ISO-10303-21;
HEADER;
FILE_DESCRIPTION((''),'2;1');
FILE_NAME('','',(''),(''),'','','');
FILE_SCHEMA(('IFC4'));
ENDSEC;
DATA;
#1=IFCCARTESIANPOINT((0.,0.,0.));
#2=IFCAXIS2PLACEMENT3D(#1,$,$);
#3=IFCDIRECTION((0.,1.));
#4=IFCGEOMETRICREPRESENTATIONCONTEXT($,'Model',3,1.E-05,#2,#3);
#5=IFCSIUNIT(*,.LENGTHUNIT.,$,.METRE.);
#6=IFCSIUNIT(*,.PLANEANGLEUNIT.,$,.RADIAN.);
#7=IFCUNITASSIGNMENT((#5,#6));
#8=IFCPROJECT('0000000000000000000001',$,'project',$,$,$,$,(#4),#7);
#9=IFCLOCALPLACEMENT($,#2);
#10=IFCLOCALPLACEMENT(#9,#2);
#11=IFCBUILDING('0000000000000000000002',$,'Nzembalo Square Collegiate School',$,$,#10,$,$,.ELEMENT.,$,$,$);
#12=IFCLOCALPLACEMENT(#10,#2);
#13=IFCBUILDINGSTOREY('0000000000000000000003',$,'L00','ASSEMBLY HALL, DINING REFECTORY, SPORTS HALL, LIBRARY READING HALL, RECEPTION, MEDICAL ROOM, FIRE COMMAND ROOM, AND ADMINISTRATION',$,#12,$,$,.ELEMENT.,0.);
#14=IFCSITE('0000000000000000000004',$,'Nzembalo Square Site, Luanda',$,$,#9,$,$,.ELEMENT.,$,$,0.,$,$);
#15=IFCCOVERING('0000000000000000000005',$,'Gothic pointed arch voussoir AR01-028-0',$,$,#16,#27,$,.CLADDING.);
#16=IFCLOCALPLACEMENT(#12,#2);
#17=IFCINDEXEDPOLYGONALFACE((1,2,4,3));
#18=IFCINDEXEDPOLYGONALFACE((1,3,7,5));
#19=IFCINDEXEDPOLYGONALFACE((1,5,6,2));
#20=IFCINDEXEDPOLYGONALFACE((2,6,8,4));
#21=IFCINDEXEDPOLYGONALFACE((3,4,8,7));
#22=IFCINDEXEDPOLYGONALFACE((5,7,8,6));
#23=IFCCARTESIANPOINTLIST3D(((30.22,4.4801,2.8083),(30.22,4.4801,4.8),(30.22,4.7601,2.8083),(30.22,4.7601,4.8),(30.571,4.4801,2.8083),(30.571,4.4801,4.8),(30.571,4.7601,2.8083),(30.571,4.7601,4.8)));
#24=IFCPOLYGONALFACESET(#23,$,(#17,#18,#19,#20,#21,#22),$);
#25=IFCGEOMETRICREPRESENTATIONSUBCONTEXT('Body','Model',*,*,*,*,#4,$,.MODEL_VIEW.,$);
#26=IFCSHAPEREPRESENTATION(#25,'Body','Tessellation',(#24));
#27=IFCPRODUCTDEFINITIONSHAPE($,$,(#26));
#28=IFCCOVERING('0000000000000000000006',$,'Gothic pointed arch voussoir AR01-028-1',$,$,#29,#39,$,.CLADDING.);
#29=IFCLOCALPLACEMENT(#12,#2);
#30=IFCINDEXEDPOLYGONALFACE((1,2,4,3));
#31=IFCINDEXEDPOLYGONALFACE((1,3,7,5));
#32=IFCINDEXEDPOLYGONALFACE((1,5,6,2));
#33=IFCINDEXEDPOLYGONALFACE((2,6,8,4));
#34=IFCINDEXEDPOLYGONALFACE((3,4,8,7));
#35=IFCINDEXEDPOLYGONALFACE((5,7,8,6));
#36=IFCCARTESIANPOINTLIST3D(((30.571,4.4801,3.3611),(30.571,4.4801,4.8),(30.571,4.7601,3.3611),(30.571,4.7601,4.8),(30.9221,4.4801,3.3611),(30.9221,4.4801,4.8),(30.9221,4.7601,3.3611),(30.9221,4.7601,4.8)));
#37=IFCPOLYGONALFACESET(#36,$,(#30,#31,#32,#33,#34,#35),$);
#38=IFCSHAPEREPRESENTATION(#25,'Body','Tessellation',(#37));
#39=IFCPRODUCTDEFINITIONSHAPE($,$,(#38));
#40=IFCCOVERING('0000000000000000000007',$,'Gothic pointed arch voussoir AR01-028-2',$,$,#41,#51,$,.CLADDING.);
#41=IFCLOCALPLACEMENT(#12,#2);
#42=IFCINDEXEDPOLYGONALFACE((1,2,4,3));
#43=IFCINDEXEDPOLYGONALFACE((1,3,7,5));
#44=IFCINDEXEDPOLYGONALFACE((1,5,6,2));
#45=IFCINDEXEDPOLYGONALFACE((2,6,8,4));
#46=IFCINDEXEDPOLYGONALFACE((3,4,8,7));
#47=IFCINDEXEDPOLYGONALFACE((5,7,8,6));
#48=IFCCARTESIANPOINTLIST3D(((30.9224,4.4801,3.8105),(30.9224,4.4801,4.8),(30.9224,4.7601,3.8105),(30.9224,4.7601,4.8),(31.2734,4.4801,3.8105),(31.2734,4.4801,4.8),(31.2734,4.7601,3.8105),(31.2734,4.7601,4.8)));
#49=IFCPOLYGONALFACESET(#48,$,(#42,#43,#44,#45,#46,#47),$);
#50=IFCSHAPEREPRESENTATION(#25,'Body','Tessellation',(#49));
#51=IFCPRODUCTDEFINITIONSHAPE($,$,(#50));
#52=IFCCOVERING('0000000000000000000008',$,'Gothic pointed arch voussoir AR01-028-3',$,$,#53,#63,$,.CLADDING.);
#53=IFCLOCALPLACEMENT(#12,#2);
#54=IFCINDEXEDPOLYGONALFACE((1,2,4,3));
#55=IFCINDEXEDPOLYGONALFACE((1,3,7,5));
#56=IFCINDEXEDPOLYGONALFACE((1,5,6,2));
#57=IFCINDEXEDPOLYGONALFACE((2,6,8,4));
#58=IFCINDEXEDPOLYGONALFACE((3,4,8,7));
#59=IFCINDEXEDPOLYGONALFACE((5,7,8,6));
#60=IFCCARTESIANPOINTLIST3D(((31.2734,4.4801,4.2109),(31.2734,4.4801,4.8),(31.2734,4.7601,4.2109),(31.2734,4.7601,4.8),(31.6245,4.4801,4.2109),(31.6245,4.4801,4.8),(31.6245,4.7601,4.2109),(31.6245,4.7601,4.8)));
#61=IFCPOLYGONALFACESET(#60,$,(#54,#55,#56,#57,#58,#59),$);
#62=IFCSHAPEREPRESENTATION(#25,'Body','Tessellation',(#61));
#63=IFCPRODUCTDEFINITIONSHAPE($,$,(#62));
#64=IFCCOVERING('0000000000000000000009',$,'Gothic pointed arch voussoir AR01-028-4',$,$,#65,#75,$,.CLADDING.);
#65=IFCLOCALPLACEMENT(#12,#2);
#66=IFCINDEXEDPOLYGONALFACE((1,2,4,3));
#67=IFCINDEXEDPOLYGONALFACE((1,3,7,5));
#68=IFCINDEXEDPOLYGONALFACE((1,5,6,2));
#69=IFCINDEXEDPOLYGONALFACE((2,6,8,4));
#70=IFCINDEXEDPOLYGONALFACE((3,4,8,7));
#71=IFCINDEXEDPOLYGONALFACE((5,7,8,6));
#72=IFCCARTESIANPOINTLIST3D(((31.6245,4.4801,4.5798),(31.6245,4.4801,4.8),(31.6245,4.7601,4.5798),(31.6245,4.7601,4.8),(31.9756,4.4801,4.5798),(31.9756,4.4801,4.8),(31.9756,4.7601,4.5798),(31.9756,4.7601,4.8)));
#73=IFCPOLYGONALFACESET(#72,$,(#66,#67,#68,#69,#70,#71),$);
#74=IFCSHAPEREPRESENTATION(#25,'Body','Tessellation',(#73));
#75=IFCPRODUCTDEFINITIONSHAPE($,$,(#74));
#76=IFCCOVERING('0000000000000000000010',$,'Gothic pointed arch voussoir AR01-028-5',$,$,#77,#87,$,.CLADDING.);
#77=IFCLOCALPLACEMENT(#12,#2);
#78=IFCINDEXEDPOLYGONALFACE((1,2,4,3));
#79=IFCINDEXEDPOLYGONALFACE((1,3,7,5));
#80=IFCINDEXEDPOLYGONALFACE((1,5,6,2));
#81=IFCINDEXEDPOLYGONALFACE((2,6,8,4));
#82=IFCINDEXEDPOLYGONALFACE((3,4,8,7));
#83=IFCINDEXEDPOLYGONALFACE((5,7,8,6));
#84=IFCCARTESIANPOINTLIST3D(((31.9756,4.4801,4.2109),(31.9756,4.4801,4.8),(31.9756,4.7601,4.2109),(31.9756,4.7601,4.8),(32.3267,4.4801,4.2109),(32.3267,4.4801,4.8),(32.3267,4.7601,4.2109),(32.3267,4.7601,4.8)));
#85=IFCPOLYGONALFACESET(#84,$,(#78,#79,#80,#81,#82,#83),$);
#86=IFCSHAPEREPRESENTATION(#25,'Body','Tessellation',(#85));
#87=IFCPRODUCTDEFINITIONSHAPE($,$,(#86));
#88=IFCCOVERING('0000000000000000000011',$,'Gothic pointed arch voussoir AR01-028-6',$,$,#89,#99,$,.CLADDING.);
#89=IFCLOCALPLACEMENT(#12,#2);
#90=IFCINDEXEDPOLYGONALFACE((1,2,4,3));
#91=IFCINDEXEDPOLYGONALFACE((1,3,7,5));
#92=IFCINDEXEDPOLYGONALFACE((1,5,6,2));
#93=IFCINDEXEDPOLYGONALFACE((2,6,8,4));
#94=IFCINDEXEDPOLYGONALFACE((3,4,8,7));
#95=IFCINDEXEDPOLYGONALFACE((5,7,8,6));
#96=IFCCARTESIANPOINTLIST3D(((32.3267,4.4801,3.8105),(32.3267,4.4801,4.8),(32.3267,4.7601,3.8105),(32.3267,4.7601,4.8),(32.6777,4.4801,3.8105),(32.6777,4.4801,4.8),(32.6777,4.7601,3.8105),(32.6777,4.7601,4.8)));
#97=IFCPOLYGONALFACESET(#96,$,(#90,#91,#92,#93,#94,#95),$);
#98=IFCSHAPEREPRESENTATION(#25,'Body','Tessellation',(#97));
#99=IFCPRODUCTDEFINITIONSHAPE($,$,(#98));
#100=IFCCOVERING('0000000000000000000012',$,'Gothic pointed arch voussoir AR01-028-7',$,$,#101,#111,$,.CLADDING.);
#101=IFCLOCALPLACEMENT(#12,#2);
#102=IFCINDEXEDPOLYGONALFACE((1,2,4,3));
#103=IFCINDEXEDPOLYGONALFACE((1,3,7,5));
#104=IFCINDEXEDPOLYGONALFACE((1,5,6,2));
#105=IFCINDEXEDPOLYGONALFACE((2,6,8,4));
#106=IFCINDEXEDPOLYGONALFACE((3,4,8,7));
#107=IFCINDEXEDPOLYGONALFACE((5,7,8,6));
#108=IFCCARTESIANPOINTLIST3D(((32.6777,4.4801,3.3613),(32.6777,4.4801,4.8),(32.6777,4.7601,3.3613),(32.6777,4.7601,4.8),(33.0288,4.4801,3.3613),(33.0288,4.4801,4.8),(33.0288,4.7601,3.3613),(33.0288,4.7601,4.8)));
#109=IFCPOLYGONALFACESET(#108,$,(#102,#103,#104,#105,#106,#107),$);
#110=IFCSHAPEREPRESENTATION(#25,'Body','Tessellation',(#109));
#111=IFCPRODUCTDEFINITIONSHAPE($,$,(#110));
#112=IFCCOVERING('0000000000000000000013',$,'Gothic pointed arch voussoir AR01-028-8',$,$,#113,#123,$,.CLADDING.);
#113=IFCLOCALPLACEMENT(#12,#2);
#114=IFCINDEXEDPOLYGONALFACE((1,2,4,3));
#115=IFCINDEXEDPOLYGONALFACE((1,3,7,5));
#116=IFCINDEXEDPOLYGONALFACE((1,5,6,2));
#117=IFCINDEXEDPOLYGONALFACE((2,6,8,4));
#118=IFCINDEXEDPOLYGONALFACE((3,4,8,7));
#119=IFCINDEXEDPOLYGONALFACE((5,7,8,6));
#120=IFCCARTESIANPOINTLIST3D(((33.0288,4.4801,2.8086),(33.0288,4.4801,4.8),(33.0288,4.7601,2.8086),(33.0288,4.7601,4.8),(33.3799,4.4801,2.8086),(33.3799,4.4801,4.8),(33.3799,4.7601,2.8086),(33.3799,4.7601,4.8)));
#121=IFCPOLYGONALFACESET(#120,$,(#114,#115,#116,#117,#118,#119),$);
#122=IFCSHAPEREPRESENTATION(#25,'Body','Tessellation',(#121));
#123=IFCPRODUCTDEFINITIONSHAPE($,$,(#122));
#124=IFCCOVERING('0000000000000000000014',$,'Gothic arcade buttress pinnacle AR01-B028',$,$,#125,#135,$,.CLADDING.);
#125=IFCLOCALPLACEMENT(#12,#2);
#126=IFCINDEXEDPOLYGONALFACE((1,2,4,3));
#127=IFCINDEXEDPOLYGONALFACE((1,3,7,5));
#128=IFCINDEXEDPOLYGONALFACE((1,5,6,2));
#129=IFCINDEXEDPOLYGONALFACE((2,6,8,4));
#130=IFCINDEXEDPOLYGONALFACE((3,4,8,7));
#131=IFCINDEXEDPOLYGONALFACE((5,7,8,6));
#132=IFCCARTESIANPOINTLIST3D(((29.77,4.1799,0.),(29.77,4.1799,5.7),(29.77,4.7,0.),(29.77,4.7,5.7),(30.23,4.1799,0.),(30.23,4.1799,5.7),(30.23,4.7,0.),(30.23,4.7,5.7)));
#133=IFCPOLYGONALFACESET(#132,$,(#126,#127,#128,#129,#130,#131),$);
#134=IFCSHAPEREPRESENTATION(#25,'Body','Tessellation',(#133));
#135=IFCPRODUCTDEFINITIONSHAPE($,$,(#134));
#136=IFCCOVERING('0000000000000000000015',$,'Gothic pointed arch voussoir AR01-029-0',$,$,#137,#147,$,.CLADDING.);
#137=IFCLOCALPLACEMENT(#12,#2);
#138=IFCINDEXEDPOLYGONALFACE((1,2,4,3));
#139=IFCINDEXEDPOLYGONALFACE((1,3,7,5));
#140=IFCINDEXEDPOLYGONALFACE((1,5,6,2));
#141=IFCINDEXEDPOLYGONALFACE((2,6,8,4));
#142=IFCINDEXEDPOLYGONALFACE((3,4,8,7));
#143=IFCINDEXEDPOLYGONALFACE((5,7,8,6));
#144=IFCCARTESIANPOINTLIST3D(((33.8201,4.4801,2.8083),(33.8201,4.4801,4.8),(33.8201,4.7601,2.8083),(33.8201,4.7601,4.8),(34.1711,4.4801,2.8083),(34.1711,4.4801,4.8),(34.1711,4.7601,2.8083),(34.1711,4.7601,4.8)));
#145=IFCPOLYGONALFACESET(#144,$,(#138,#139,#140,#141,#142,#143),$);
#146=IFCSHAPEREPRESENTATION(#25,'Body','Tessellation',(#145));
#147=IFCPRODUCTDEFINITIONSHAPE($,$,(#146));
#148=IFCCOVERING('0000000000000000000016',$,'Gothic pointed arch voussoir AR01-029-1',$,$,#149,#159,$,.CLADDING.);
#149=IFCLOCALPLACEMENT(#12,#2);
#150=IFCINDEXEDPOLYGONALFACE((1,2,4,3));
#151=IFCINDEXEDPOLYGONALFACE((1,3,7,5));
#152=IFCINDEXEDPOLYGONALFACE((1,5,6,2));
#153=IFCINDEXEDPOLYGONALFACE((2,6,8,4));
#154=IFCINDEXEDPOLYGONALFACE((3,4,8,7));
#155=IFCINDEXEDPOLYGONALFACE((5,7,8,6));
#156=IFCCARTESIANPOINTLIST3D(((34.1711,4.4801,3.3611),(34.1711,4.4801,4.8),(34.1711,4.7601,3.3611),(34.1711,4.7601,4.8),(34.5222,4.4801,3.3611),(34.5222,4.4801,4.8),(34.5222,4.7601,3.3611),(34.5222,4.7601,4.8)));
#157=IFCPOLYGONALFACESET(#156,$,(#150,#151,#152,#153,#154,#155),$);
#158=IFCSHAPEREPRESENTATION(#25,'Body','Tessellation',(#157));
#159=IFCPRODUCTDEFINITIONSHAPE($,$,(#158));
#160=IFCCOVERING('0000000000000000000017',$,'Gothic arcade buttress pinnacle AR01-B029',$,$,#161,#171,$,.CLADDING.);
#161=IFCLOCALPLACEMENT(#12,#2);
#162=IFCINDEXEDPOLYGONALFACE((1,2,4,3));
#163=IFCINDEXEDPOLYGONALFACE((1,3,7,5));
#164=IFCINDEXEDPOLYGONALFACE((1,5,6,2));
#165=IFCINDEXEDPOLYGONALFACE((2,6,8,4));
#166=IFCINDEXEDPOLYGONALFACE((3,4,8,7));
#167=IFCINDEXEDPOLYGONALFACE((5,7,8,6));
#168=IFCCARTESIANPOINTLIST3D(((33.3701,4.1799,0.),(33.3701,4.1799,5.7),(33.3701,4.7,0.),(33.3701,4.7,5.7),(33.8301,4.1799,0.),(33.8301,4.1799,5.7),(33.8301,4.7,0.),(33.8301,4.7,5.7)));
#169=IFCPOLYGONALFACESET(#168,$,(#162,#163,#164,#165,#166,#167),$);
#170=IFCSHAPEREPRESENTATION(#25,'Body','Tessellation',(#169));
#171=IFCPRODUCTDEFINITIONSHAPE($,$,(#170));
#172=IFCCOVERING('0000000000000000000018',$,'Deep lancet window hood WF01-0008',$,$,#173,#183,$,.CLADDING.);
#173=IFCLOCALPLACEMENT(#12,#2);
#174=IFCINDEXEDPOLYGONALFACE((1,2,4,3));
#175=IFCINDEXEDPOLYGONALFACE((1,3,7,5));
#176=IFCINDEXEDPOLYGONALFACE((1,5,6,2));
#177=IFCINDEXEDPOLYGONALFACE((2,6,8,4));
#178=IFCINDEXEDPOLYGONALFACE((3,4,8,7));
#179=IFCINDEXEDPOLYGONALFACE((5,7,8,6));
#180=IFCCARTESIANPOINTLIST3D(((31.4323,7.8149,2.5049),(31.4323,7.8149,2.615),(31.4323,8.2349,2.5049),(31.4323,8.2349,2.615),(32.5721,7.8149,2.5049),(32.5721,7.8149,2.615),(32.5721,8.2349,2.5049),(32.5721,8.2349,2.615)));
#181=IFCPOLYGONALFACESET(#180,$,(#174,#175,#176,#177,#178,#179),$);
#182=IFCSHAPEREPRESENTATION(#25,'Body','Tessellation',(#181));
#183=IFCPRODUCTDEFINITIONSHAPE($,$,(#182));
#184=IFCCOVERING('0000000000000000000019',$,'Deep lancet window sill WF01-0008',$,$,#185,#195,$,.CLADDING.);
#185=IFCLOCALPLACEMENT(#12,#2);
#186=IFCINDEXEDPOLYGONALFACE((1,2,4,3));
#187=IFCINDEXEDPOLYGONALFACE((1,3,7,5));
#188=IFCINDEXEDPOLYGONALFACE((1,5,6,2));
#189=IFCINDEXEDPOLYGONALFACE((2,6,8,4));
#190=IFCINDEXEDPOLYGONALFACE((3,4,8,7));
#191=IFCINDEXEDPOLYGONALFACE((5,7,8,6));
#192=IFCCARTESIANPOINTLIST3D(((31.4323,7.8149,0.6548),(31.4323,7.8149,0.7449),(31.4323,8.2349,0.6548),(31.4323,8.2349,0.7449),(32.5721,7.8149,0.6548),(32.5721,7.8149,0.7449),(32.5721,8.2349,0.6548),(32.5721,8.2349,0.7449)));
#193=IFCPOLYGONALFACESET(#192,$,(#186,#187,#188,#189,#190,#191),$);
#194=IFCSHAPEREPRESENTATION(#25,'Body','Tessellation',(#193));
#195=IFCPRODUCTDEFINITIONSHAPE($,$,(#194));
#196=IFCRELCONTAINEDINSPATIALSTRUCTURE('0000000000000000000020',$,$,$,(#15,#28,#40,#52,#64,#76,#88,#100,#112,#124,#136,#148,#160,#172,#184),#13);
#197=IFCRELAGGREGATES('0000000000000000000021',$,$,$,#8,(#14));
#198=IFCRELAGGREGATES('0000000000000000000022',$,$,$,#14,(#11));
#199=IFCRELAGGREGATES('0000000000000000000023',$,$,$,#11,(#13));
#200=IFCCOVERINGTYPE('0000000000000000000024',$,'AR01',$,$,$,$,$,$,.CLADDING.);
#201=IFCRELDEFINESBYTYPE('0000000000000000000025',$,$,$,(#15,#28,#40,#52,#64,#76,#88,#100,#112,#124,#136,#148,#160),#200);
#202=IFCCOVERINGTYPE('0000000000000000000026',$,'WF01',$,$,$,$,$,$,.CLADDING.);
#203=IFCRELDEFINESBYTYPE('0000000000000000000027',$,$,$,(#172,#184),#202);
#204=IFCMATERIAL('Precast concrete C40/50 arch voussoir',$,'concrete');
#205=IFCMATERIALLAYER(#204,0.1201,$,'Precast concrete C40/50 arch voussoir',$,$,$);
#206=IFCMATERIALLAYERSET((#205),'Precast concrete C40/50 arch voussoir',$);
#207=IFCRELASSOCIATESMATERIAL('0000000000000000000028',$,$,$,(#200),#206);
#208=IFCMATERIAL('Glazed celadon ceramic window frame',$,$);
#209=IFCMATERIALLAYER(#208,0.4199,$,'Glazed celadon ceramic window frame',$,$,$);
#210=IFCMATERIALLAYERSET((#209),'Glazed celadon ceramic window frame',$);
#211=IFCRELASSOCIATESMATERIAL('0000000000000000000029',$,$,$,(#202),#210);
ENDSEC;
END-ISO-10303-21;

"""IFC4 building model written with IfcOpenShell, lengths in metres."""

from ifc_helpers import new_model, si_unit, direction, frame, origin, origin_2d, place, context, subcontext, project, spatial, rectangle, extrude, material, layer, layer_set, type_object, element, save


model = new_model("IFC4")

# Units and contexts
model_context = context("Model", 3, precision=1e-05, world=origin(), true_north=direction((0.0, 1.0)))
body_context = subcontext(model_context, "Body", "Model", "MODEL_VIEW")
ifc_project = project(units=[si_unit("LENGTHUNIT", "METRE"), si_unit("PLANEANGLEUNIT", "RADIAN")], contexts=[model_context])

# Site, building, storey
site_placement = place(None, origin())
site = spatial("IfcSite", under=ifc_project, at=site_placement, Name="Nzembalo Square Site, Luanda", CompositionType="ELEMENT", RefElevation=0.0)
building_placement = place(site_placement, origin())
building = spatial("IfcBuilding", under=site, at=building_placement, Name="Nzembalo Square Collegiate School", CompositionType="ELEMENT")
storey_placement = place(building_placement, origin())
storey = spatial("IfcBuildingStorey", under=building, at=storey_placement, Name="L00", Description="ASSEMBLY HALL, DINING REFECTORY, SPORTS HALL, LIBRARY READING HALL, RECEPTION, MEDICAL ROOM, FIRE COMMAND ROOM, AND ADMINISTRATION", CompositionType="ELEMENT", Elevation=0.0)

# Coverings
ifc_material_1 = material(Name="Precast concrete C40/50 arch voussoir", Category="concrete")
ifc_layer_1 = layer(ifc_material_1, 0.1201, Name="Precast concrete C40/50 arch voussoir")
ifc_layer_set_1 = layer_set([ifc_layer_1], Name="Precast concrete C40/50 arch voussoir")
covering_type_1 = type_object("IfcCoveringType", Name="AR01", PredefinedType="CLADDING", material=ifc_layer_set_1)
covering_1_placement = place(storey_placement, frame((30.3955, 4.6201, 2.8083), z_axis=(0.0, 0.0, 1.0), x_axis=(1.0, 0.0, 0.0)))
element("IfcCovering", 1, at=covering_1_placement, inside=storey, type_object=covering_type_1, Name="Gothic pointed arch voussoir AR01-028-0", PredefinedType="CLADDING", context=body_context, shape_type="SweptSolid", body=[
    extrude(rectangle(XDim=0.3511, YDim=0.28, at=origin_2d()), origin(), (0.0, 0.0, 1.0), 1.9917),
])
covering_2_placement = place(storey_placement, frame((30.7466, 4.6201, 3.3611), z_axis=(0.0, 0.0, 1.0), x_axis=(1.0, 0.0, 0.0)))
element("IfcCovering", 2, at=covering_2_placement, inside=storey, type_object=covering_type_1, Name="Gothic pointed arch voussoir AR01-028-1", PredefinedType="CLADDING", context=body_context, shape_type="SweptSolid", body=[
    extrude(rectangle(XDim=0.3511, YDim=0.28, at=origin_2d()), origin(), (0.0, 0.0, 1.0), 1.439),
])
covering_3_placement = place(storey_placement, frame((31.0979, 4.6201, 3.8105), z_axis=(0.0, 0.0, 1.0), x_axis=(1.0, 0.0, 0.0)))
element("IfcCovering", 3, at=covering_3_placement, inside=storey, type_object=covering_type_1, Name="Gothic pointed arch voussoir AR01-028-2", PredefinedType="CLADDING", context=body_context, shape_type="SweptSolid", body=[
    extrude(rectangle(XDim=0.3511, YDim=0.28, at=origin_2d()), origin(), (0.0, 0.0, 1.0), 0.9895),
])
covering_4_placement = place(storey_placement, frame((31.449, 4.6201, 4.2109), z_axis=(0.0, 0.0, 1.0), x_axis=(1.0, 0.0, 0.0)))
element("IfcCovering", 4, at=covering_4_placement, inside=storey, type_object=covering_type_1, Name="Gothic pointed arch voussoir AR01-028-3", PredefinedType="CLADDING", context=body_context, shape_type="SweptSolid", body=[
    extrude(rectangle(XDim=0.3511, YDim=0.28, at=origin_2d()), origin(), (0.0, 0.0, 1.0), 0.5891),
])
covering_5_placement = place(storey_placement, frame((31.8, 4.6201, 4.5798), z_axis=(0.0, 0.0, 1.0), x_axis=(1.0, 0.0, 0.0)))
element("IfcCovering", 5, at=covering_5_placement, inside=storey, type_object=covering_type_1, Name="Gothic pointed arch voussoir AR01-028-4", PredefinedType="CLADDING", context=body_context, shape_type="SweptSolid", body=[
    extrude(rectangle(XDim=0.3511, YDim=0.28, at=origin_2d()), origin(), (0.0, 0.0, 1.0), 0.2202),
])
covering_6_placement = place(storey_placement, frame((32.1511, 4.6201, 4.2109), z_axis=(0.0, 0.0, 1.0), x_axis=(1.0, 0.0, 0.0)))
element("IfcCovering", 6, at=covering_6_placement, inside=storey, type_object=covering_type_1, Name="Gothic pointed arch voussoir AR01-028-5", PredefinedType="CLADDING", context=body_context, shape_type="SweptSolid", body=[
    extrude(rectangle(XDim=0.3511, YDim=0.28, at=origin_2d()), origin(), (0.0, 0.0, 1.0), 0.5891),
])
covering_7_placement = place(storey_placement, frame((32.5022, 4.6201, 3.8105), z_axis=(0.0, 0.0, 1.0), x_axis=(1.0, 0.0, 0.0)))
element("IfcCovering", 7, at=covering_7_placement, inside=storey, type_object=covering_type_1, Name="Gothic pointed arch voussoir AR01-028-6", PredefinedType="CLADDING", context=body_context, shape_type="SweptSolid", body=[
    extrude(rectangle(XDim=0.3511, YDim=0.28, at=origin_2d()), origin(), (0.0, 0.0, 1.0), 0.9895),
])
covering_8_placement = place(storey_placement, frame((32.8533, 4.6201, 3.3613), z_axis=(0.0, 0.0, 1.0), x_axis=(1.0, 0.0, 0.0)))
element("IfcCovering", 8, at=covering_8_placement, inside=storey, type_object=covering_type_1, Name="Gothic pointed arch voussoir AR01-028-7", PredefinedType="CLADDING", context=body_context, shape_type="SweptSolid", body=[
    extrude(rectangle(XDim=0.3511, YDim=0.28, at=origin_2d()), origin(), (0.0, 0.0, 1.0), 1.4387),
])
covering_9_placement = place(storey_placement, frame((33.2043, 4.6201, 2.8086), z_axis=(0.0, 0.0, 1.0), x_axis=(1.0, 0.0, 0.0)))
element("IfcCovering", 9, at=covering_9_placement, inside=storey, type_object=covering_type_1, Name="Gothic pointed arch voussoir AR01-028-8", PredefinedType="CLADDING", context=body_context, shape_type="SweptSolid", body=[
    extrude(rectangle(XDim=0.3511, YDim=0.28, at=origin_2d()), origin(), (0.0, 0.0, 1.0), 1.9915),
])
covering_10_placement = place(storey_placement, frame((30.0, 4.4399, 0.0), z_axis=(0.0, 0.0, 1.0), x_axis=(1.0, 0.0, 0.0)))
element("IfcCovering", 10, at=covering_10_placement, inside=storey, type_object=covering_type_1, Name="Gothic arcade buttress pinnacle AR01-B028", PredefinedType="CLADDING", context=body_context, shape_type="SweptSolid", body=[
    extrude(rectangle(XDim=0.46, YDim=0.52, at=origin_2d()), origin(), (0.0, 0.0, 1.0), 5.7),
])
covering_11_placement = place(storey_placement, frame((33.9956, 4.6201, 2.8083), z_axis=(0.0, 0.0, 1.0), x_axis=(1.0, 0.0, 0.0)))
element("IfcCovering", 11, at=covering_11_placement, inside=storey, type_object=covering_type_1, Name="Gothic pointed arch voussoir AR01-029-0", PredefinedType="CLADDING", context=body_context, shape_type="SweptSolid", body=[
    extrude(rectangle(XDim=0.3511, YDim=0.28, at=origin_2d()), origin(), (0.0, 0.0, 1.0), 1.9917),
])
covering_12_placement = place(storey_placement, frame((34.3467, 4.6201, 3.3611), z_axis=(0.0, 0.0, 1.0), x_axis=(1.0, 0.0, 0.0)))
element("IfcCovering", 12, at=covering_12_placement, inside=storey, type_object=covering_type_1, Name="Gothic pointed arch voussoir AR01-029-1", PredefinedType="CLADDING", context=body_context, shape_type="SweptSolid", body=[
    extrude(rectangle(XDim=0.3511, YDim=0.28, at=origin_2d()), origin(), (0.0, 0.0, 1.0), 1.439),
])
covering_13_placement = place(storey_placement, frame((33.6001, 4.4399, 0.0), z_axis=(0.0, 0.0, 1.0), x_axis=(1.0, 0.0, 0.0)))
element("IfcCovering", 13, at=covering_13_placement, inside=storey, type_object=covering_type_1, Name="Gothic arcade buttress pinnacle AR01-B029", PredefinedType="CLADDING", context=body_context, shape_type="SweptSolid", body=[
    extrude(rectangle(XDim=0.46, YDim=0.52, at=origin_2d()), origin(), (0.0, 0.0, 1.0), 5.7),
])
ifc_material_2 = material(Name="Glazed celadon ceramic window frame")
ifc_layer_2 = layer(ifc_material_2, 0.4199, Name="Glazed celadon ceramic window frame")
ifc_layer_set_2 = layer_set([ifc_layer_2], Name="Glazed celadon ceramic window frame")
covering_type_2 = type_object("IfcCoveringType", Name="WF01", PredefinedType="CLADDING", material=ifc_layer_set_2)
covering_14_placement = place(storey_placement, frame((32.0022, 8.0249, 2.5049), z_axis=(0.0, 0.0, 1.0), x_axis=(1.0, 0.0, 0.0)))
element("IfcCovering", 14, at=covering_14_placement, inside=storey, type_object=covering_type_2, Name="Deep lancet window hood WF01-0008", PredefinedType="CLADDING", context=body_context, shape_type="SweptSolid", body=[
    extrude(rectangle(XDim=1.1399, YDim=0.4199, at=origin_2d()), origin(), (0.0, 0.0, 1.0), 0.1101),
])
covering_15_placement = place(storey_placement, frame((32.0022, 8.0249, 0.6548), z_axis=(0.0, 0.0, 1.0), x_axis=(1.0, 0.0, 0.0)))
element("IfcCovering", 15, at=covering_15_placement, inside=storey, type_object=covering_type_2, Name="Deep lancet window sill WF01-0008", PredefinedType="CLADDING", context=body_context, shape_type="SweptSolid", body=[
    extrude(rectangle(XDim=1.1399, YDim=0.4199, at=origin_2d()), origin(), (0.0, 0.0, 1.0), 0.0901),
])

save(model, "model.ifc")
